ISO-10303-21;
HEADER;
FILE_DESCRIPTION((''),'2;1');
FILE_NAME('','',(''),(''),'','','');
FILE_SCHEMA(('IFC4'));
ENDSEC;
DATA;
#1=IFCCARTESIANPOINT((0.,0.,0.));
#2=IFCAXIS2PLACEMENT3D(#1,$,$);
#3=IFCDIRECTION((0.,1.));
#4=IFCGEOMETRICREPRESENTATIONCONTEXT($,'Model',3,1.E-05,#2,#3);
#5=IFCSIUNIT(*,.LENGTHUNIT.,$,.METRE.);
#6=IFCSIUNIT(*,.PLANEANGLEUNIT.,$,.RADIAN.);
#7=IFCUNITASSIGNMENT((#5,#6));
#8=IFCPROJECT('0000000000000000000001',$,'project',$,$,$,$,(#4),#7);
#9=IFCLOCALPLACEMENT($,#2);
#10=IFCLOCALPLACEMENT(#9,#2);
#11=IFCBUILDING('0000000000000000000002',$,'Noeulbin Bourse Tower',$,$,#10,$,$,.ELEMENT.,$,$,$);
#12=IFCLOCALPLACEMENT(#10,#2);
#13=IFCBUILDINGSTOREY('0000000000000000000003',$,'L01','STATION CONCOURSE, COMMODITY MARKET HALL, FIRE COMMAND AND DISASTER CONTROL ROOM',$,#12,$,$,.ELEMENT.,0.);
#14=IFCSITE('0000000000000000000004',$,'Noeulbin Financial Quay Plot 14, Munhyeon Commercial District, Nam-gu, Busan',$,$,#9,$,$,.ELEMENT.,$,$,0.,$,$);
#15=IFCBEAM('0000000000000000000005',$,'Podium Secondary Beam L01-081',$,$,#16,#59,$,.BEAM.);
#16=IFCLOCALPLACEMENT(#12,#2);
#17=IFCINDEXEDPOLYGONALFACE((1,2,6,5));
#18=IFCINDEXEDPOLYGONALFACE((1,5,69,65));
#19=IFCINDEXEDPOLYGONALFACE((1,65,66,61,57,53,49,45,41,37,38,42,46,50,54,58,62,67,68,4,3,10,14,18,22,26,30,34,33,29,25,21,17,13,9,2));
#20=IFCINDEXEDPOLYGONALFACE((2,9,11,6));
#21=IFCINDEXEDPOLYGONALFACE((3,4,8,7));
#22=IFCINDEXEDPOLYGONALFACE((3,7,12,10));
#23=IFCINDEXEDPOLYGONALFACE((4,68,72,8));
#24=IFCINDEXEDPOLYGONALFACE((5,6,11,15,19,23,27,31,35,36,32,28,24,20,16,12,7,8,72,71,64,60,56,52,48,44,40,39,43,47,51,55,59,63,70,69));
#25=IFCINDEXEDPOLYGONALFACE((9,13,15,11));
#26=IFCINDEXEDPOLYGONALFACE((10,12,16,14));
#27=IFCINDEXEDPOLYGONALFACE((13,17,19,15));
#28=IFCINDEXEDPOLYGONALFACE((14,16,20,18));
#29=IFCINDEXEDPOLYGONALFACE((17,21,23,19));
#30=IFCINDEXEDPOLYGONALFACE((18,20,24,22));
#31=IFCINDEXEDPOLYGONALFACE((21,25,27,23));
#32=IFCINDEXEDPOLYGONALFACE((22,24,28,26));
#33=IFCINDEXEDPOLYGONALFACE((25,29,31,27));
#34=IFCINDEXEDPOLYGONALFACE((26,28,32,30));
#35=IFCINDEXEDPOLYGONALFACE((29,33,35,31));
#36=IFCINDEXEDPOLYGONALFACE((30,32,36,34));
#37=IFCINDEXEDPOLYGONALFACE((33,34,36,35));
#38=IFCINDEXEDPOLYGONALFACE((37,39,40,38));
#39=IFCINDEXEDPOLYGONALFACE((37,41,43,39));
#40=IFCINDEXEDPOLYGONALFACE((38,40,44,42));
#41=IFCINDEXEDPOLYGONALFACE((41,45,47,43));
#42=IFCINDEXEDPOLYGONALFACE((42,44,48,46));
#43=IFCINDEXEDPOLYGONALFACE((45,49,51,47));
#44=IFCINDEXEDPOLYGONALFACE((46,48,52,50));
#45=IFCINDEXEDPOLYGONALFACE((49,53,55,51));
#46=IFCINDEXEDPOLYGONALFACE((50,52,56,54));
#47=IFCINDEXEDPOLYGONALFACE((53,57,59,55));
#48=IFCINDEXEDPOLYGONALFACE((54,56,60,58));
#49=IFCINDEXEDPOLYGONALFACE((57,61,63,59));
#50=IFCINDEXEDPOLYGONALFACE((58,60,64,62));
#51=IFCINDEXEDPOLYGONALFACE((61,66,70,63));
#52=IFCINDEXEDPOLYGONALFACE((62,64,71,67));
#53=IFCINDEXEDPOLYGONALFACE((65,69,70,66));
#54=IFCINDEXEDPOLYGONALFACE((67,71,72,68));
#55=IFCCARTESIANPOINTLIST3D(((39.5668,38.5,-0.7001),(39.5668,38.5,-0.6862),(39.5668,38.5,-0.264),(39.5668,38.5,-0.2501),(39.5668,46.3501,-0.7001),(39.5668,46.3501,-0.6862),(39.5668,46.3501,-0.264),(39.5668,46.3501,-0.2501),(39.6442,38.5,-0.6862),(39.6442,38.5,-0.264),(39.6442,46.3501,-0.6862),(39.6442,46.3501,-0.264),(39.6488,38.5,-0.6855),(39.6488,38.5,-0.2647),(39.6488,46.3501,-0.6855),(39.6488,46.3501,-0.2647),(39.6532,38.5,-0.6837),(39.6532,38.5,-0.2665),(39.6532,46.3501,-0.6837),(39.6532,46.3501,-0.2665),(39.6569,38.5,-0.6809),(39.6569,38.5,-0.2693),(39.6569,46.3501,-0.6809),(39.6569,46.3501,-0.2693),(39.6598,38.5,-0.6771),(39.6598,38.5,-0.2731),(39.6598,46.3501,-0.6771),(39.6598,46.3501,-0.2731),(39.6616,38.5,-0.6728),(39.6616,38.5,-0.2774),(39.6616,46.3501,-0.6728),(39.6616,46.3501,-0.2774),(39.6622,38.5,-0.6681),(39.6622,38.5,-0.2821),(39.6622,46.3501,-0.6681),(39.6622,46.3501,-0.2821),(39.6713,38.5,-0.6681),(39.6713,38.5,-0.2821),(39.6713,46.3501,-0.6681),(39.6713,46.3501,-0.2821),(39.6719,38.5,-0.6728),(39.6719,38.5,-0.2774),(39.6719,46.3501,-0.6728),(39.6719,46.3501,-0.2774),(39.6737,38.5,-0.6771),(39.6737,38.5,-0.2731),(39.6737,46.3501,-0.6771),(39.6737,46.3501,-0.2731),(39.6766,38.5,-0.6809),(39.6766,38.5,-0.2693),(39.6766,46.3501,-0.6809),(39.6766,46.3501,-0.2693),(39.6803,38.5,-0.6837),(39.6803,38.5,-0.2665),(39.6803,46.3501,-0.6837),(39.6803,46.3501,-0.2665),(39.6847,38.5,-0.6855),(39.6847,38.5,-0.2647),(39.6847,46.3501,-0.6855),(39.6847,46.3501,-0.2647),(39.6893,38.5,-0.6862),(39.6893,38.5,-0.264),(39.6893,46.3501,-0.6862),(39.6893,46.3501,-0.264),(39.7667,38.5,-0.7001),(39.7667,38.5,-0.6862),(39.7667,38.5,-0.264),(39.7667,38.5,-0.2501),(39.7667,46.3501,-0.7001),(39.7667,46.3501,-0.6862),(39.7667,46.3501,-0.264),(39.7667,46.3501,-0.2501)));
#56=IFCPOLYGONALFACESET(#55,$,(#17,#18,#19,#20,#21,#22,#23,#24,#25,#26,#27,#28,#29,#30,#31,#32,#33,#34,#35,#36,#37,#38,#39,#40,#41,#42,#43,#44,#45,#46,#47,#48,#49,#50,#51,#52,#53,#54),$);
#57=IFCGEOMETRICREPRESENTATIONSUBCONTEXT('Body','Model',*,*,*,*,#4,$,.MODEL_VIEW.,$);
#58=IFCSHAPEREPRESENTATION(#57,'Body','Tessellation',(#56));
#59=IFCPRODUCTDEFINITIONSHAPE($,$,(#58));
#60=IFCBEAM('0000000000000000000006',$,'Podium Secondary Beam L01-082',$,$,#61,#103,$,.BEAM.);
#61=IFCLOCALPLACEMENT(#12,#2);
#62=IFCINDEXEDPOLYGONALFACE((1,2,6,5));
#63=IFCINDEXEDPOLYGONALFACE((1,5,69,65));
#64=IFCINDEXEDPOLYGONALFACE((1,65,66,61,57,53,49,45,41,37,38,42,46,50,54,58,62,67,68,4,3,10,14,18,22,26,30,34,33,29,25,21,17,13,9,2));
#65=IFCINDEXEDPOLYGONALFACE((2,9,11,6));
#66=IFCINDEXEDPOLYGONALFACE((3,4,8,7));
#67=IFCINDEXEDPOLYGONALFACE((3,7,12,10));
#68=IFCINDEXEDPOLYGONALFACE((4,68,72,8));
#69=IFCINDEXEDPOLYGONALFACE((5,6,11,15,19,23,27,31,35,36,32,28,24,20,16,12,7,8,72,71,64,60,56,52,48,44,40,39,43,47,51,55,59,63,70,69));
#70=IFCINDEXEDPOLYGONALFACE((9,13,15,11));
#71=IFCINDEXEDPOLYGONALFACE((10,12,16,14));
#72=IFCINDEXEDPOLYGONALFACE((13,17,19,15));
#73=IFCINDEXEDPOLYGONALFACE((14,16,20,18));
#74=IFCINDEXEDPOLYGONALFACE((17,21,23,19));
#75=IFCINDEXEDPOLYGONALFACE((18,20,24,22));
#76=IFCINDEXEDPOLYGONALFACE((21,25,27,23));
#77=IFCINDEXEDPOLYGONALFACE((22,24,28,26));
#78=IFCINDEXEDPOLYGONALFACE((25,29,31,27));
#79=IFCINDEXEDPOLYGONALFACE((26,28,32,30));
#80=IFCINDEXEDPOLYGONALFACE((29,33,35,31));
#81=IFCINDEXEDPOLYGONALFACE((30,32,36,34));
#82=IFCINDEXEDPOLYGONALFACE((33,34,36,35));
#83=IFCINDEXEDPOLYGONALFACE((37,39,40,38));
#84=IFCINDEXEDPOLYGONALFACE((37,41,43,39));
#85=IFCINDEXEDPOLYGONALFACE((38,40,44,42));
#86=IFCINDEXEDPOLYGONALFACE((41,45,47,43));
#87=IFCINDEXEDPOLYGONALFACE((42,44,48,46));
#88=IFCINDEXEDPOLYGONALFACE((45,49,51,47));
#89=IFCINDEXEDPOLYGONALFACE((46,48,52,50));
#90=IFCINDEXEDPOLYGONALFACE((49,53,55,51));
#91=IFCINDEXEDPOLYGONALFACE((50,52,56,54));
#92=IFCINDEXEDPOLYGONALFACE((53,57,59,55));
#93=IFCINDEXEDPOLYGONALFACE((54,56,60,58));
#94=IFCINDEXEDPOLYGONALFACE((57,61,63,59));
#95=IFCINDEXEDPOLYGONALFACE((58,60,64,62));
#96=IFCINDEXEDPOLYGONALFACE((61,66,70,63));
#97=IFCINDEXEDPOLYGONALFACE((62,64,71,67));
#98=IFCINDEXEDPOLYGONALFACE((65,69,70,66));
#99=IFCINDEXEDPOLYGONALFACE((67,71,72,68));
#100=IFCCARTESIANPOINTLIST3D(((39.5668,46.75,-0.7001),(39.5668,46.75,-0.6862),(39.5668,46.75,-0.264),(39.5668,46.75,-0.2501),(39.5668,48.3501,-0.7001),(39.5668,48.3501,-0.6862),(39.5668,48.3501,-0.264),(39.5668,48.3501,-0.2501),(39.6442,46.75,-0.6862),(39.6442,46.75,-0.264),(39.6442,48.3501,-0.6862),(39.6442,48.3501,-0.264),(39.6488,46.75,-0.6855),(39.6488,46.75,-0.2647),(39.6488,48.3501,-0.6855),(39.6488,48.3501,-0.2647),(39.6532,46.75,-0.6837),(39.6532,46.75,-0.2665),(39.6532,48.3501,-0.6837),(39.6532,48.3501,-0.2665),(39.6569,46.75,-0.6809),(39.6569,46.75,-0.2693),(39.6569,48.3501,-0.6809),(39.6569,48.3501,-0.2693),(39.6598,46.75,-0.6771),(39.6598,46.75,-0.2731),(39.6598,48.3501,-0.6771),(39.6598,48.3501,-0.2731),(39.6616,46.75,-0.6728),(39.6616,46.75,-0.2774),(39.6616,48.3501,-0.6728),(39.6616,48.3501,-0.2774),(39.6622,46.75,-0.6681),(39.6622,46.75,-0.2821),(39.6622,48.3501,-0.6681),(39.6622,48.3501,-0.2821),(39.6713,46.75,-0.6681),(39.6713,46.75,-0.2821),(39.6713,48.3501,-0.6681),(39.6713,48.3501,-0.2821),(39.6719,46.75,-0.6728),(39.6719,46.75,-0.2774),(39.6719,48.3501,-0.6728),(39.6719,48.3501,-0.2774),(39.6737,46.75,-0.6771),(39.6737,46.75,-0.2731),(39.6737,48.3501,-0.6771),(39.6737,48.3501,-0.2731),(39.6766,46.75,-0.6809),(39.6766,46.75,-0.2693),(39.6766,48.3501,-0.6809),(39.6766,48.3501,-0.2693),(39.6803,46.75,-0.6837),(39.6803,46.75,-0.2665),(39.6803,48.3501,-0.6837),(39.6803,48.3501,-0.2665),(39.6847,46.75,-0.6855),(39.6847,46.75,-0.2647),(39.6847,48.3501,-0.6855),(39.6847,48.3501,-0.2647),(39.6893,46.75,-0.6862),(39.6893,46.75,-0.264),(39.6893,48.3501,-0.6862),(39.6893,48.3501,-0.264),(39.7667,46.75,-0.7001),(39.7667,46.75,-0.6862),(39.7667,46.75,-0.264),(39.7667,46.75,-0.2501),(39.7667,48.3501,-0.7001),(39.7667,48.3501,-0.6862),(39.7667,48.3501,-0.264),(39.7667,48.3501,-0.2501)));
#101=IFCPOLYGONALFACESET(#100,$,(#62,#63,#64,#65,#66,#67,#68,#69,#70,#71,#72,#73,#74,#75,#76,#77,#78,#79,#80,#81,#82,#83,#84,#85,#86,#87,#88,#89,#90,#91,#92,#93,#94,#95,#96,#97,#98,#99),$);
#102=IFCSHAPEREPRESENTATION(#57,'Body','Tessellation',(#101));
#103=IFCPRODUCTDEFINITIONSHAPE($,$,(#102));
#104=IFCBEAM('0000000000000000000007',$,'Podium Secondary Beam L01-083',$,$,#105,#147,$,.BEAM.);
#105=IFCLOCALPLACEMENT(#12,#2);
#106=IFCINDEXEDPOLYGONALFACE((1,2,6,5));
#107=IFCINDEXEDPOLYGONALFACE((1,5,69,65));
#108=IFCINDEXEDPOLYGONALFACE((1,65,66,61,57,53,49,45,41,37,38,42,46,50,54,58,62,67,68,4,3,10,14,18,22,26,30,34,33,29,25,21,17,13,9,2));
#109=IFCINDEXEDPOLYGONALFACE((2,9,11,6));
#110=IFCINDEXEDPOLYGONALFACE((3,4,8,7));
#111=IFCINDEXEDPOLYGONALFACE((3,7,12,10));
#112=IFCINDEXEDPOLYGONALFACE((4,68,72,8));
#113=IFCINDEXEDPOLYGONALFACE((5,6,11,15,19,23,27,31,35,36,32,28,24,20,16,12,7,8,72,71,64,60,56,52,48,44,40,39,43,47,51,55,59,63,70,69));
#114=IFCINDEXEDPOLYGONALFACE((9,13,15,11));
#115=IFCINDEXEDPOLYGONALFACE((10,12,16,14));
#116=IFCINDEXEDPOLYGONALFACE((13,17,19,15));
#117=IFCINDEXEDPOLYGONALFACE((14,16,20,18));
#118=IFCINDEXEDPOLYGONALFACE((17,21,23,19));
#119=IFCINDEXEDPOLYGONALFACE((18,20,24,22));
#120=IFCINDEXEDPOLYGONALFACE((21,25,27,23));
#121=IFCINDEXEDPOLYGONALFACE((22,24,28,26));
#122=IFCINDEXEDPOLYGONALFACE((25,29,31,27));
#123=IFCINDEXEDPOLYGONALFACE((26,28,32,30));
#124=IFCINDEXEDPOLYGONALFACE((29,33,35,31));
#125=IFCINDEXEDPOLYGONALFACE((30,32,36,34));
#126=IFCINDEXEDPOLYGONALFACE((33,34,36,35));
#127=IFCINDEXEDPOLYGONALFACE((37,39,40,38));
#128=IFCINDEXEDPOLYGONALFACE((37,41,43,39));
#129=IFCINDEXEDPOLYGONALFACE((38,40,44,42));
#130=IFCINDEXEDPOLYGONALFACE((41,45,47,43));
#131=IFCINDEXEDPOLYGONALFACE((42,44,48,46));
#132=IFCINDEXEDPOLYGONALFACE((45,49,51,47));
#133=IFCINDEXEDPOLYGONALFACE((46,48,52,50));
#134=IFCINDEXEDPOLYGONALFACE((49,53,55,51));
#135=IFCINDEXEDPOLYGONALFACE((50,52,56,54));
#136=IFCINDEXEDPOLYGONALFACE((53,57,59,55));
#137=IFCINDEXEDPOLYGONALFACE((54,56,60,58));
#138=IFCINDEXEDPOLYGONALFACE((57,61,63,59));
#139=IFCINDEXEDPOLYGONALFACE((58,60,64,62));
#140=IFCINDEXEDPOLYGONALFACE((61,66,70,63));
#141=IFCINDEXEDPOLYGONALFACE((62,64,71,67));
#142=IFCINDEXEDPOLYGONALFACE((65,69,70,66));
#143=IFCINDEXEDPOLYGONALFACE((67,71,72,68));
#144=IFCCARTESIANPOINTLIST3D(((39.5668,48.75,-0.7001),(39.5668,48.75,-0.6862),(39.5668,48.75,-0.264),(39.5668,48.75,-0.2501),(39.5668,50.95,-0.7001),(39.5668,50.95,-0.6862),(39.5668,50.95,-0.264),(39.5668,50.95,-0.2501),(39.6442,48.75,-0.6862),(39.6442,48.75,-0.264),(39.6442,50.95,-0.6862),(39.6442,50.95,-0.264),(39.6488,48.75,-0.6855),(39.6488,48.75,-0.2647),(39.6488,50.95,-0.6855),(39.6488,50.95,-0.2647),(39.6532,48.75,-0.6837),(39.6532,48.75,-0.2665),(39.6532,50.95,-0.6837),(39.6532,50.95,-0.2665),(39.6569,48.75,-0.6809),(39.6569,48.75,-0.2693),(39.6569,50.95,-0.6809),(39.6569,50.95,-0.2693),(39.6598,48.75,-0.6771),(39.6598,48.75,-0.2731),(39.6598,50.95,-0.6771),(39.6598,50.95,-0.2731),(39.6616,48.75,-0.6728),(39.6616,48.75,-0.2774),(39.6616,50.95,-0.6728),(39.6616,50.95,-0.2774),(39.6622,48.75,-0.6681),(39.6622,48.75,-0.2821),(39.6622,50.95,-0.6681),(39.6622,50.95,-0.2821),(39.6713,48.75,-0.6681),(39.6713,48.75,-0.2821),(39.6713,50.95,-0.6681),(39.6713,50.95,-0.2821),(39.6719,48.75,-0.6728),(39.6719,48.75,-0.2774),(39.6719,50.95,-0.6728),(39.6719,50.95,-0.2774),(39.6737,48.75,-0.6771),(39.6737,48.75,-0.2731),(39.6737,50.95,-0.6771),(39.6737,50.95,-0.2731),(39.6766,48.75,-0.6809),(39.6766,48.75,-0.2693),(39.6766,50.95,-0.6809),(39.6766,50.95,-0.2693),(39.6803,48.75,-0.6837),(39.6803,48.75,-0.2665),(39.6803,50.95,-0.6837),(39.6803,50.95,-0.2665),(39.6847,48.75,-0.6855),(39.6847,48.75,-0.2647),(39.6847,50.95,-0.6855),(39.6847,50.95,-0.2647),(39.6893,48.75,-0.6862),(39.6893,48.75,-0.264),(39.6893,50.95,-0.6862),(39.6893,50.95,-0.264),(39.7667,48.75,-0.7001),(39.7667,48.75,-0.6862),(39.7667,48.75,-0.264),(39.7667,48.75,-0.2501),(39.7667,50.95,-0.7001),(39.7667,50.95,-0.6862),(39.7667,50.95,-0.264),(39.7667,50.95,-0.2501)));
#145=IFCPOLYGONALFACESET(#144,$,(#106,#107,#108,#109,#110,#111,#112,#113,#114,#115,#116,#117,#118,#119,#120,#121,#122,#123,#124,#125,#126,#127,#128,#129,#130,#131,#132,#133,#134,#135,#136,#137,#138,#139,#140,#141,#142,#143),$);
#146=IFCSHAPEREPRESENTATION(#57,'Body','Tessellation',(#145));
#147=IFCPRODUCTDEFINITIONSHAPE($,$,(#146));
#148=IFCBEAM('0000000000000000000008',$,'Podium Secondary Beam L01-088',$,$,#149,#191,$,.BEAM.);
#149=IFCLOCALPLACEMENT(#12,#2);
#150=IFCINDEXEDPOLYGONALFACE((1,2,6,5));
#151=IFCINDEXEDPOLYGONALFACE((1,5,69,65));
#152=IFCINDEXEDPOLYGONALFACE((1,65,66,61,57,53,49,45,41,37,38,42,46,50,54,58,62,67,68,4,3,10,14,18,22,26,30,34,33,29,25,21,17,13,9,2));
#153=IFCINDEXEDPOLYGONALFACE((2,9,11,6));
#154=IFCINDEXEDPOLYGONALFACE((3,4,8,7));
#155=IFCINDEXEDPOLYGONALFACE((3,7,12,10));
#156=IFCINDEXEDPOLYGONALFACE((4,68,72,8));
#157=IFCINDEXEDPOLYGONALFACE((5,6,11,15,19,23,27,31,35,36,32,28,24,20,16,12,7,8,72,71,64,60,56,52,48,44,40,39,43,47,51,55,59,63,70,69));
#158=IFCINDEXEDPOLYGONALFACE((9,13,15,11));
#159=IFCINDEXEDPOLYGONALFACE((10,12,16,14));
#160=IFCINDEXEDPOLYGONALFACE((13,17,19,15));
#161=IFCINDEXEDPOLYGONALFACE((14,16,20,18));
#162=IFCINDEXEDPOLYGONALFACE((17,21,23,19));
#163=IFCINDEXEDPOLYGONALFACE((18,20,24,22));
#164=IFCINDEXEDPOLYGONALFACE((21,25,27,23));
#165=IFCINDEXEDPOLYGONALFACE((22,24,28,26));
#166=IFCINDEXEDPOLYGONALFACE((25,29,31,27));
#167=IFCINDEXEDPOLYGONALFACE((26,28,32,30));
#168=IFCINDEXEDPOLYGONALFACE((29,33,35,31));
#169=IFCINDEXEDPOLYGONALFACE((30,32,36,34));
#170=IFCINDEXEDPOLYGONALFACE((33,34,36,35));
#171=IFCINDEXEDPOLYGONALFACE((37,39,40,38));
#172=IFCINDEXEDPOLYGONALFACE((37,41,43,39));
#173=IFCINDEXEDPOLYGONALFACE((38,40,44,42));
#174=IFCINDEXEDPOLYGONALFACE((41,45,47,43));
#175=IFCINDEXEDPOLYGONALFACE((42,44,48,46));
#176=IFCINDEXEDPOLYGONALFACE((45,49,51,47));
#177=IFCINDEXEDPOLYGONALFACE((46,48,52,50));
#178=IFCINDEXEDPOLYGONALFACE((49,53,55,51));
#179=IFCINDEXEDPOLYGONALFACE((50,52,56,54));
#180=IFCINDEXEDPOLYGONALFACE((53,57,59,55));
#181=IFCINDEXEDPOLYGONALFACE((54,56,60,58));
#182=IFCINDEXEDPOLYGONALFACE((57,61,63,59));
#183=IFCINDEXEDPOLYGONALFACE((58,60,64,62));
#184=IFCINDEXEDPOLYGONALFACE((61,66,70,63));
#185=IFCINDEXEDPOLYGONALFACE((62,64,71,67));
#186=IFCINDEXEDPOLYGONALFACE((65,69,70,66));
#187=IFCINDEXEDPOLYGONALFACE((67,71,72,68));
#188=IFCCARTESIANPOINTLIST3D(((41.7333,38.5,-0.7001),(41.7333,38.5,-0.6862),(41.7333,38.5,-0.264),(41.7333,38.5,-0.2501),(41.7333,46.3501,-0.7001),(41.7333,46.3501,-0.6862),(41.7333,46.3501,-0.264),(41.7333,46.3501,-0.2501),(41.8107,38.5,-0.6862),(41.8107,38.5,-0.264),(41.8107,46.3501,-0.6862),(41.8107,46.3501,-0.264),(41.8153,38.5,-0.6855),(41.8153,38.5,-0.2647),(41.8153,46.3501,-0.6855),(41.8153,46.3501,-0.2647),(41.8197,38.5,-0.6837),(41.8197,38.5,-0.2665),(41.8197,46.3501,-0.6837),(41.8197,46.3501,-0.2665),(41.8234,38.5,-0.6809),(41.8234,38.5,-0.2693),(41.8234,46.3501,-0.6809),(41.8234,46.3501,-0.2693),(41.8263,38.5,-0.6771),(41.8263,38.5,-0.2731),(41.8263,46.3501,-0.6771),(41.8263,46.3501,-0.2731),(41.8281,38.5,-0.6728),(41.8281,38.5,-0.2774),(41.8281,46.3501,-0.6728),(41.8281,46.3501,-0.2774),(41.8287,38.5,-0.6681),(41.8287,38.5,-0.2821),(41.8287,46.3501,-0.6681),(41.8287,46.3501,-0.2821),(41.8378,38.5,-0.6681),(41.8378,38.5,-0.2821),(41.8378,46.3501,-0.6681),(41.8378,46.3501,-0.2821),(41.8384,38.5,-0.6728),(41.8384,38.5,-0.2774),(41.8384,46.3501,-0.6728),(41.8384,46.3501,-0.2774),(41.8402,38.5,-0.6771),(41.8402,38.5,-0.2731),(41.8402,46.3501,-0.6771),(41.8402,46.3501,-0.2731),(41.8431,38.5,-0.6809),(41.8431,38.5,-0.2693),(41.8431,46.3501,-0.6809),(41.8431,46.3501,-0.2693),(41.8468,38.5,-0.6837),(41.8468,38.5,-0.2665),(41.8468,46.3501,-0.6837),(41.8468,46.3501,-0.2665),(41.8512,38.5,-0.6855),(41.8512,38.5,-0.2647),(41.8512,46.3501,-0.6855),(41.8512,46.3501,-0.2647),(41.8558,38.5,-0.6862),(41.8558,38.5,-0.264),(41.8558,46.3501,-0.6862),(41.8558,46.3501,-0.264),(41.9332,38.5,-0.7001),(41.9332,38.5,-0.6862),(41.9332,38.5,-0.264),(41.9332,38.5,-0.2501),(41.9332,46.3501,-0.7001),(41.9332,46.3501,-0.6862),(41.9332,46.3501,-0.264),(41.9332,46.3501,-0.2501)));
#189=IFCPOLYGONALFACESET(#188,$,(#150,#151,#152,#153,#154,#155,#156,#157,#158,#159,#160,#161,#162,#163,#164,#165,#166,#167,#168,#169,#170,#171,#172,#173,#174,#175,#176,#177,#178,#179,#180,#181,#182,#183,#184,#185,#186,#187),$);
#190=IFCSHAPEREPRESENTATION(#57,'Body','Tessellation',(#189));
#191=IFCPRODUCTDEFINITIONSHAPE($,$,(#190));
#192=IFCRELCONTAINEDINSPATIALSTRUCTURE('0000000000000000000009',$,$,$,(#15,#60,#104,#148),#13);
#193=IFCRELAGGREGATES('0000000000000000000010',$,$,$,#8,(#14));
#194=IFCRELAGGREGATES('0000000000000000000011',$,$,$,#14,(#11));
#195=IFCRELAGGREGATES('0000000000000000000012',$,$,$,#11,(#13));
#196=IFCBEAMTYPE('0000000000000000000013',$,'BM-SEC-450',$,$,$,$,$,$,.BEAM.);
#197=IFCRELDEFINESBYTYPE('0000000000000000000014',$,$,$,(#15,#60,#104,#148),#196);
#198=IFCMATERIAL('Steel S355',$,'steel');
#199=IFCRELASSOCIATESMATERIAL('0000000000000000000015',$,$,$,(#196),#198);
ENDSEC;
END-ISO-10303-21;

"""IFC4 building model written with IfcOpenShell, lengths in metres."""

from ifc_helpers import new_model, si_unit, direction, frame, origin, origin_2d, place, context, subcontext, project, spatial, i_section, extrude, material, material_profile, profile_set, type_object, element, save


model = new_model("IFC4")

# Units and contexts
model_context = context("Model", 3, precision=1e-05, world=origin(), true_north=direction((0.0, 1.0)))
body_context = subcontext(model_context, "Body", "Model", "MODEL_VIEW")
ifc_project = project(units=[si_unit("LENGTHUNIT", "METRE"), si_unit("PLANEANGLEUNIT", "RADIAN")], contexts=[model_context])

# Site, building, storey
site_placement = place(None, origin())
site = spatial("IfcSite", under=ifc_project, at=site_placement, Name="Noeulbin Financial Quay Plot 14, Munhyeon Commercial District, Nam-gu, Busan", CompositionType="ELEMENT", RefElevation=0.0)
building_placement = place(site_placement, origin())
building = spatial("IfcBuilding", under=site, at=building_placement, Name="Noeulbin Bourse Tower", CompositionType="ELEMENT")
storey_placement = place(building_placement, origin())
storey = spatial("IfcBuildingStorey", under=building, at=storey_placement, Name="L01", Description="STATION CONCOURSE, COMMODITY MARKET HALL, FIRE COMMAND AND DISASTER CONTROL ROOM", CompositionType="ELEMENT", Elevation=0.0)

# Beams
ifc_material_1 = material(Name="Steel S355", Category="steel")
ifc_material_profile_1 = material_profile(ifc_material_1, i_section(OverallWidth=0.2, OverallDepth=0.45, WebThickness=0.009, FlangeThickness=0.0139, FilletRadius=0.0181, at=origin_2d()), Name="H-450x200x9x14", Category="LoadBearing")
ifc_profile_set_1 = profile_set([ifc_material_profile_1], Name="Steel S355")
beam_type_1 = type_object("IfcBeamType", Name="BM-SEC-450", PredefinedType="BEAM", material=ifc_profile_set_1)
beam_1_placement = place(storey_placement, frame((39.6667, 38.5, -0.4751), z_axis=(0.0, 1.0, 0.0), x_axis=(-1.0, 0.0, 0.0)))
element("IfcBeam", 1, at=beam_1_placement, inside=storey, type_object=beam_type_1, Name="Podium Secondary Beam L01-081", PredefinedType="BEAM", context=body_context, shape_type="SweptSolid", body=[
    extrude(i_section(OverallWidth=0.2, OverallDepth=0.45, WebThickness=0.009, FlangeThickness=0.0139, FilletRadius=0.0181, at=origin_2d()), origin(), (0.0, 0.0, 1.0), 7.8501),
])
beam_2_placement = place(storey_placement, frame((39.6667, 46.75, -0.4751), z_axis=(0.0, 1.0, 0.0), x_axis=(-1.0, 0.0, 0.0)))
element("IfcBeam", 2, at=beam_2_placement, inside=storey, type_object=beam_type_1, Name="Podium Secondary Beam L01-082", PredefinedType="BEAM", context=body_context, shape_type="SweptSolid", body=[
    extrude(i_section(OverallWidth=0.2, OverallDepth=0.45, WebThickness=0.009, FlangeThickness=0.0139, FilletRadius=0.0181, at=origin_2d()), origin(), (0.0, 0.0, 1.0), 1.6001),
])
beam_3_placement = place(storey_placement, frame((39.6667, 48.75, -0.4751), z_axis=(0.0, 1.0, 0.0), x_axis=(-1.0, 0.0, 0.0)))
element("IfcBeam", 3, at=beam_3_placement, inside=storey, type_object=beam_type_1, Name="Podium Secondary Beam L01-083", PredefinedType="BEAM", context=body_context, shape_type="SweptSolid", body=[
    extrude(i_section(OverallWidth=0.2, OverallDepth=0.45, WebThickness=0.009, FlangeThickness=0.0139, FilletRadius=0.0181, at=origin_2d()), origin(), (0.0, 0.0, 1.0), 2.2),
])
beam_4_placement = place(storey_placement, frame((41.8333, 38.5, -0.4751), z_axis=(0.0, 1.0, 0.0), x_axis=(-1.0, 0.0, 0.0)))
element("IfcBeam", 4, at=beam_4_placement, inside=storey, type_object=beam_type_1, Name="Podium Secondary Beam L01-088", PredefinedType="BEAM", context=body_context, shape_type="SweptSolid", body=[
    extrude(i_section(OverallWidth=0.2, OverallDepth=0.45, WebThickness=0.009, FlangeThickness=0.0139, FilletRadius=0.0181, at=origin_2d()), origin(), (0.0, 0.0, 1.0), 7.8501),
])

save(model, "model.ifc")
